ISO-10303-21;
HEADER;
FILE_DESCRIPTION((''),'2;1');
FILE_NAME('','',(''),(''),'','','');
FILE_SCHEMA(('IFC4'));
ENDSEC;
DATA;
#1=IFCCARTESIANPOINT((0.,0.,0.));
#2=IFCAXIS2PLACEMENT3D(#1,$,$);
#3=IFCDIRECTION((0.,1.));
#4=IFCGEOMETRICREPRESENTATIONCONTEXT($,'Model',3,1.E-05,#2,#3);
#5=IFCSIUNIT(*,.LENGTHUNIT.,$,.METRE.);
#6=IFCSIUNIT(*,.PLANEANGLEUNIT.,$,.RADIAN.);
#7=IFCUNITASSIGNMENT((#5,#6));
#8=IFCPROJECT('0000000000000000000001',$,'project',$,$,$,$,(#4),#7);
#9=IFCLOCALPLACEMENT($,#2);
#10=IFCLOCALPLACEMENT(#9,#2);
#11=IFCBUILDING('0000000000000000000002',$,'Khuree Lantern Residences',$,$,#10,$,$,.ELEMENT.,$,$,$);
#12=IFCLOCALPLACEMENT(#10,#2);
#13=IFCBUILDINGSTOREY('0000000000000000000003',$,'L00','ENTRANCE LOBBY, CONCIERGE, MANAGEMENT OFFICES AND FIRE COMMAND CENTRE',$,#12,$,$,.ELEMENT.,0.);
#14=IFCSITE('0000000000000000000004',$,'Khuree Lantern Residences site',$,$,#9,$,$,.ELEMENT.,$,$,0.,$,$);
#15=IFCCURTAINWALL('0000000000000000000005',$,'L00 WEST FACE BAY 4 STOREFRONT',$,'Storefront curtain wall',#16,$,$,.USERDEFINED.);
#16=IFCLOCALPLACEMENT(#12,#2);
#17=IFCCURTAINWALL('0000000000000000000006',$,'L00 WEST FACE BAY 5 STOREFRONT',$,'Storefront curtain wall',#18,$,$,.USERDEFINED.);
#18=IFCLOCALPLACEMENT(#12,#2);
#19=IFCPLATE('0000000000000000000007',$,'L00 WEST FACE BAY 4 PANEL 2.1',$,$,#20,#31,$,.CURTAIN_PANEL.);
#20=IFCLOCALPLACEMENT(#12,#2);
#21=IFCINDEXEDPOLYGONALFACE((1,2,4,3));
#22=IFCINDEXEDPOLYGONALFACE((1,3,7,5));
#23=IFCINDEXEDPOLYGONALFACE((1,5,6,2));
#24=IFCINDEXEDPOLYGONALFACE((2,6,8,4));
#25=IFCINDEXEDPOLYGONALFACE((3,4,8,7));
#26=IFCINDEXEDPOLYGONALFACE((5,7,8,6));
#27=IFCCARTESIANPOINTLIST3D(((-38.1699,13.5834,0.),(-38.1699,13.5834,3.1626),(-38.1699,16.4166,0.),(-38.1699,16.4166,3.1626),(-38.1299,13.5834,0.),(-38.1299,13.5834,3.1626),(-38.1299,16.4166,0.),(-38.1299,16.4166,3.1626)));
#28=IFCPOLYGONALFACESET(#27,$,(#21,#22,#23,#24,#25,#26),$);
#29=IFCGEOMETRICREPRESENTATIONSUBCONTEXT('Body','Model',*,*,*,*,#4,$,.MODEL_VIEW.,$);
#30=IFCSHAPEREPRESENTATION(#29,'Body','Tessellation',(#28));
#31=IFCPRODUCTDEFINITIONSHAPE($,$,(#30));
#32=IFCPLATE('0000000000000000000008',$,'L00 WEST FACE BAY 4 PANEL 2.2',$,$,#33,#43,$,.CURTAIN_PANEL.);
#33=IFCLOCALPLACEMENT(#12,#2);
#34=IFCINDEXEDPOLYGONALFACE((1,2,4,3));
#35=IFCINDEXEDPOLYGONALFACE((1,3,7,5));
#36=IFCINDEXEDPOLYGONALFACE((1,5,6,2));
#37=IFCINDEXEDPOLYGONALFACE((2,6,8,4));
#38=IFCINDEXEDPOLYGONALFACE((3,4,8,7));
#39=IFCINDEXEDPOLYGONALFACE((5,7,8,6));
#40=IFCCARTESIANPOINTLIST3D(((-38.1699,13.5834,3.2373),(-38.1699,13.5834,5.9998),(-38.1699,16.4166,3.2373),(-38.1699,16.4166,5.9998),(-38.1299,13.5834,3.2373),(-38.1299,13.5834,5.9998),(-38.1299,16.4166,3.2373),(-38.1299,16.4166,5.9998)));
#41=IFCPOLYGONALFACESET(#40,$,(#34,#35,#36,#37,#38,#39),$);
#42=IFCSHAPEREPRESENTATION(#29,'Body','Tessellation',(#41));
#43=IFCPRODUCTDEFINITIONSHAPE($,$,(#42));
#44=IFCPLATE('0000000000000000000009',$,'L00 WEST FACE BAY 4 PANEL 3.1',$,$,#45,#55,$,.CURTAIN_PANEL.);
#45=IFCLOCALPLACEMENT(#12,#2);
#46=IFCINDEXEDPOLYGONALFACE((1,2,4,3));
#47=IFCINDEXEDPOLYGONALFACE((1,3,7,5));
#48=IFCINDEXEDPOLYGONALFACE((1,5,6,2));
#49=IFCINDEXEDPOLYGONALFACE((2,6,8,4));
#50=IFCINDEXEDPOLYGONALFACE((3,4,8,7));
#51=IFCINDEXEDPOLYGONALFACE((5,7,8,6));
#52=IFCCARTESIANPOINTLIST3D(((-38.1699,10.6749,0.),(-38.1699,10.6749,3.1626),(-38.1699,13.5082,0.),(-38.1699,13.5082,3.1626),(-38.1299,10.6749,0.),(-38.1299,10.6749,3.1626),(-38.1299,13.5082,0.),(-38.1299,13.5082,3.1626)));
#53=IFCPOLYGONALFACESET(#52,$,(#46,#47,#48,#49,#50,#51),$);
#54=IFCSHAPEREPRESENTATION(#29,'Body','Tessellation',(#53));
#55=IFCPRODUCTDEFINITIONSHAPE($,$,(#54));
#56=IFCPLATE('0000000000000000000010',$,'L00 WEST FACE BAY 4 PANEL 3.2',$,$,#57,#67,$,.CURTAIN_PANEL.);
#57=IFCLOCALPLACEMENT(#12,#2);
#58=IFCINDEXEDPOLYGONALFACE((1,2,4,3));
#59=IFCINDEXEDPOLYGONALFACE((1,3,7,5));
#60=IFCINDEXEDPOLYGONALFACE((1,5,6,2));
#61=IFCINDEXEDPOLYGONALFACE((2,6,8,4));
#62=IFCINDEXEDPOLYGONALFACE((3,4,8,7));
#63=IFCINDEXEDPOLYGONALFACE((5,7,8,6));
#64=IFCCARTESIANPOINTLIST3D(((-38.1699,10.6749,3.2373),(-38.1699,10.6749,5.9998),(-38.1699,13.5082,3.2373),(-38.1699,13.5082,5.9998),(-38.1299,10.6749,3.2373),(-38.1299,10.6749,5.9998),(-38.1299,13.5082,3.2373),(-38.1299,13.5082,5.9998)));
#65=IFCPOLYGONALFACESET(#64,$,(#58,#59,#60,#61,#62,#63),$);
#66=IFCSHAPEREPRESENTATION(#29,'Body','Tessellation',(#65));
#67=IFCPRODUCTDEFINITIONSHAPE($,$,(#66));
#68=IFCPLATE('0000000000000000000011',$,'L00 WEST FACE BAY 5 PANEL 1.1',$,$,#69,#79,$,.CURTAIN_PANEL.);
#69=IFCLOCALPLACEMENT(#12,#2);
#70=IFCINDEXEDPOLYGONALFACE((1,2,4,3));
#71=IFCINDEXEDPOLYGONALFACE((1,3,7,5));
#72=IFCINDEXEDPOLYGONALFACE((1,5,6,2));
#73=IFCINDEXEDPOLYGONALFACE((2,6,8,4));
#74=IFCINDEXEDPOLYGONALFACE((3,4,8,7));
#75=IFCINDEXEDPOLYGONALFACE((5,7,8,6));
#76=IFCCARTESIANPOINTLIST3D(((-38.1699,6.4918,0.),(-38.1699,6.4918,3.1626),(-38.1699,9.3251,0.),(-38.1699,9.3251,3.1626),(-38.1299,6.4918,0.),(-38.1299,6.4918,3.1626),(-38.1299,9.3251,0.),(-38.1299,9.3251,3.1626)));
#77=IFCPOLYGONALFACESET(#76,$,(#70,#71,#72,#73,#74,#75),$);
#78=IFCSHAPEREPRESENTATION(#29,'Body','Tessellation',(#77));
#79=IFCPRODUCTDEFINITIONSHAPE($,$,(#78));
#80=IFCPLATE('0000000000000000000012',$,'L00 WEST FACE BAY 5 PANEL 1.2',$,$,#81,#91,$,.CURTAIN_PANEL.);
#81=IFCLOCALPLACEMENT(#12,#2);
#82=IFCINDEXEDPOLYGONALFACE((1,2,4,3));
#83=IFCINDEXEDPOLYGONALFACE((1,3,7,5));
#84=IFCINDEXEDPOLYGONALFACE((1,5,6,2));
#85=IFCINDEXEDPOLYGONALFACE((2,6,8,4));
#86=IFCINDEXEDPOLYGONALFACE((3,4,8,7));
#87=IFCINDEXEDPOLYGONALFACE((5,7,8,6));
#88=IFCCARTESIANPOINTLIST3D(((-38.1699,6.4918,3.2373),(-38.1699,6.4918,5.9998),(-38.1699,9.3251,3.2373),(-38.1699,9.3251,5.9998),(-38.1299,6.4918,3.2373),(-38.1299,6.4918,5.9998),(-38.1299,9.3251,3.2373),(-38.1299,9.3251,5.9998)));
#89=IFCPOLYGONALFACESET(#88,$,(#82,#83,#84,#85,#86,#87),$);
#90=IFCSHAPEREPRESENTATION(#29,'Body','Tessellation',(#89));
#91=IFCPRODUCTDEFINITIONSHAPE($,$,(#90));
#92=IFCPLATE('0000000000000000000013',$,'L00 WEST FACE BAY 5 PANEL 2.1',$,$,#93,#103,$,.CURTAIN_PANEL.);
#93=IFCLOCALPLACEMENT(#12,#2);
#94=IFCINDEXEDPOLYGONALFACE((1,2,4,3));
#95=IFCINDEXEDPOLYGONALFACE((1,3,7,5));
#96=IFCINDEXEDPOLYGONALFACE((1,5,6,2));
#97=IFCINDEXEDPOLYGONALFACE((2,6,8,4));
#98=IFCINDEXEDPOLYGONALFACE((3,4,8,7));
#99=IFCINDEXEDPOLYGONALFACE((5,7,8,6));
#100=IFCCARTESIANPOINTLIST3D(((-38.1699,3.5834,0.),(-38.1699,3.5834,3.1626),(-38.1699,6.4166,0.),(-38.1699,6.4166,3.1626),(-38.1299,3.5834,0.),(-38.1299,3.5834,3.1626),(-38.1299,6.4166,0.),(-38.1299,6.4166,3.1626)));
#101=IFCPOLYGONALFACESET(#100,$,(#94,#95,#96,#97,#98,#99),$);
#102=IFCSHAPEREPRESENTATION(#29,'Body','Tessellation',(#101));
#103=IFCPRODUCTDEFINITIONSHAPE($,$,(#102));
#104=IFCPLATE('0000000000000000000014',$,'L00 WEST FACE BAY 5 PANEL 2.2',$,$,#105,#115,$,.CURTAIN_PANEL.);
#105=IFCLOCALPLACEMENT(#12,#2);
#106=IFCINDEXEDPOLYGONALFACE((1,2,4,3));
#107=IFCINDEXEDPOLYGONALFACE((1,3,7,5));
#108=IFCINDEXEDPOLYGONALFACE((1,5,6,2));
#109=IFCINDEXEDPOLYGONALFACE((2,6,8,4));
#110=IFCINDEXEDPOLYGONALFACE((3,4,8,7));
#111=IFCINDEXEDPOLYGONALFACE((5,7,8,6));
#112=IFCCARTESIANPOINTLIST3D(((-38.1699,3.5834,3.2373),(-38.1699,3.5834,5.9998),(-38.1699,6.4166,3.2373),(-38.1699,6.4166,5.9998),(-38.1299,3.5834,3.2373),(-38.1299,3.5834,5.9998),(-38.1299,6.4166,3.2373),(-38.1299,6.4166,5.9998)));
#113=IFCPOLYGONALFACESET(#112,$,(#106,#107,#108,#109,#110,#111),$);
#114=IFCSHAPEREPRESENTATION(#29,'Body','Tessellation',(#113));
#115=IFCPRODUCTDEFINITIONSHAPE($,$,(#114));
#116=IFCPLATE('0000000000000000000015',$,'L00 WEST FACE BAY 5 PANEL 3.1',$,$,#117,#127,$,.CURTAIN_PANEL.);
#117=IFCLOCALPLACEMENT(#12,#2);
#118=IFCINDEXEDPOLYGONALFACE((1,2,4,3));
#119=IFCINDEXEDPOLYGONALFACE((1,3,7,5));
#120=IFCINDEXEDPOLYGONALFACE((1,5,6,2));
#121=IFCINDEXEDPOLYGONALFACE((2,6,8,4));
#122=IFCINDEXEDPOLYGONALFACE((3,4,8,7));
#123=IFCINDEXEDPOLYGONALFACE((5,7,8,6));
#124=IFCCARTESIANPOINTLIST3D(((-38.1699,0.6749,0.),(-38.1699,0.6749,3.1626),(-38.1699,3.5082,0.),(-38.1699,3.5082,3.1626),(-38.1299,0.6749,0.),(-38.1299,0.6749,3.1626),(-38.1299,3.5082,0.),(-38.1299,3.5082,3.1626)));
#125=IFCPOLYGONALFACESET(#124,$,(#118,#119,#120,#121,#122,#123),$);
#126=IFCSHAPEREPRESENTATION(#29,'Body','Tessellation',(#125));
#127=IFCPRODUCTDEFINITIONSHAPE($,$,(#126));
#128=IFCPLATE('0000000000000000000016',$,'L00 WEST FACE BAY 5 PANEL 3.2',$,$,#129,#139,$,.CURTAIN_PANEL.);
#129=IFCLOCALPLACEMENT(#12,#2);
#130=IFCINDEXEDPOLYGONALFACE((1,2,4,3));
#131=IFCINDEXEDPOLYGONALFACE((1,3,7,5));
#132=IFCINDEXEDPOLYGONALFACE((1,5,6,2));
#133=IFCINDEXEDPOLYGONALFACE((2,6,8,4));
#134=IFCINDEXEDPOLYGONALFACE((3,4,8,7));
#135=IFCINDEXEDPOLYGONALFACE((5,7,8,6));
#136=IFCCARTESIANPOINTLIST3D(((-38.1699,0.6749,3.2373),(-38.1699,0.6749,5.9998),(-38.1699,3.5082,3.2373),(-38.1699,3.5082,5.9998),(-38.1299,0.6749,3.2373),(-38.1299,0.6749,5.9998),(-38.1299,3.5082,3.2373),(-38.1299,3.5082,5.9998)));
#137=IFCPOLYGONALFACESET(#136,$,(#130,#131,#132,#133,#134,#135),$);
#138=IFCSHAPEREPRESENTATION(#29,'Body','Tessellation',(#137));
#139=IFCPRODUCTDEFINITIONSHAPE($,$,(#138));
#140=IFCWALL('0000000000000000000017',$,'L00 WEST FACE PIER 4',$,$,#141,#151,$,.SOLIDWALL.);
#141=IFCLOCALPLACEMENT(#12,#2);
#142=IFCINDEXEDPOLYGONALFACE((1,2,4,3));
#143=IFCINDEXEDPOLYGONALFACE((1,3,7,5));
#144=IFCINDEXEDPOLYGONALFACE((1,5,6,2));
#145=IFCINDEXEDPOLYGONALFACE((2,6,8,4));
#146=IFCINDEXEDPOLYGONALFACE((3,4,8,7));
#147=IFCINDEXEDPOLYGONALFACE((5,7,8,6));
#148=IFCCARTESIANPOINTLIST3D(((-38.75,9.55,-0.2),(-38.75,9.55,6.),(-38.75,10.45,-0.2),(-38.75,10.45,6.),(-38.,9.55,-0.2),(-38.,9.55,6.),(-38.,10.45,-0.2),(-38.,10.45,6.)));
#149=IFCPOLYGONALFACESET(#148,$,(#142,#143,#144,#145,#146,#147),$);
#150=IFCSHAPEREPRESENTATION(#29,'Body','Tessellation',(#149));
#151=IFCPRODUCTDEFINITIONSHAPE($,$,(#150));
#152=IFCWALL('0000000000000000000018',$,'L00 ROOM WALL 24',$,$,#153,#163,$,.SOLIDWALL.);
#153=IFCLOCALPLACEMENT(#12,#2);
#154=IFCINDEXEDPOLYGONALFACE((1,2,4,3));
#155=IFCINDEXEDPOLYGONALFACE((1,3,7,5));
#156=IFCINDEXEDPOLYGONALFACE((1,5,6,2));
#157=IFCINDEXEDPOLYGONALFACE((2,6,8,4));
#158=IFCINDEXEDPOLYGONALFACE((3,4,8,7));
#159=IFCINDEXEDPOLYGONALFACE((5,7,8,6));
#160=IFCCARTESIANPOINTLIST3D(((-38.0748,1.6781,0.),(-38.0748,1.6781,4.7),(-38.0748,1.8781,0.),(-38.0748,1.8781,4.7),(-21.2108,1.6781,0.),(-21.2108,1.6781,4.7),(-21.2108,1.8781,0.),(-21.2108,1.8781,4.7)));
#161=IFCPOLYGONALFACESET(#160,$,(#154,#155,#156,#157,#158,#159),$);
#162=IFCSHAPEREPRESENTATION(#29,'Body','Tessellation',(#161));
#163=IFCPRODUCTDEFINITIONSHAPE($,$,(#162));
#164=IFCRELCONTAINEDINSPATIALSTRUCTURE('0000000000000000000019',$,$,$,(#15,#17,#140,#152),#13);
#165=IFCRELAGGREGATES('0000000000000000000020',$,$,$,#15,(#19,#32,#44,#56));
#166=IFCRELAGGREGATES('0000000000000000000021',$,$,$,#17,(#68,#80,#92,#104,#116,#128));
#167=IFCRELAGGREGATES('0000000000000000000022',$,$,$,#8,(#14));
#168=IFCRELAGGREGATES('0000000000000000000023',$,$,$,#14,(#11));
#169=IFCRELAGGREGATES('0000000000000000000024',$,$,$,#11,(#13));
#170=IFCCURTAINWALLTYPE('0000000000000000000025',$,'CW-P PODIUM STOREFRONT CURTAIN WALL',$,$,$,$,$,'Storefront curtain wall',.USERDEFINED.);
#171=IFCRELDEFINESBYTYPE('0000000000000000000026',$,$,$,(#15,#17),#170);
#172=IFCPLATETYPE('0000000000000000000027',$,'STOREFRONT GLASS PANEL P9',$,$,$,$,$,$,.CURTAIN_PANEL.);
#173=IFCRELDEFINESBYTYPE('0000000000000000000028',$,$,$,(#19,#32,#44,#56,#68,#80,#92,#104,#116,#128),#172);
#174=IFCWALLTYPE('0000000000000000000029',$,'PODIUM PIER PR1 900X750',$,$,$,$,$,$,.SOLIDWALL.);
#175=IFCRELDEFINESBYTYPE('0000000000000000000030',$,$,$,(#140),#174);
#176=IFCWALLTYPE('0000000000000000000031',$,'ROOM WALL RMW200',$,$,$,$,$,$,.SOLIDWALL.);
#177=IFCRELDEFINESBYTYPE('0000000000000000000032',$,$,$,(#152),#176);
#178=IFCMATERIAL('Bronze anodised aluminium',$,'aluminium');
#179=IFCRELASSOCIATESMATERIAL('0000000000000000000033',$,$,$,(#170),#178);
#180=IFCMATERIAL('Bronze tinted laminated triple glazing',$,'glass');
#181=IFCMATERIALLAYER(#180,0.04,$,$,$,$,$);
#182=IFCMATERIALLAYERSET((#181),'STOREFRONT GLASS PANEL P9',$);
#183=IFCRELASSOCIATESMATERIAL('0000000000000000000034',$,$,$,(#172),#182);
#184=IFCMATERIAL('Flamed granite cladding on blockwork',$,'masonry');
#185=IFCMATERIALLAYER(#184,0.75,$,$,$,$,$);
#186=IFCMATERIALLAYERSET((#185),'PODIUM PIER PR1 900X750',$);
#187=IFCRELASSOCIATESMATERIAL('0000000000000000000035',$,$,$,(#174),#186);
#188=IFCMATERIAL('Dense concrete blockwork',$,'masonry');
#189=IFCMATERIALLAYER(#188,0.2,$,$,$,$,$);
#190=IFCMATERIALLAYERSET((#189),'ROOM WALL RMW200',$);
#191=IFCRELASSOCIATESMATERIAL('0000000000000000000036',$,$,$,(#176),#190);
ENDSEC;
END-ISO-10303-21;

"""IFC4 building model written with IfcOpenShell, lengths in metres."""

from ifc_helpers import new_model, si_unit, direction, frame, frame_2d, origin, origin_2d, place, context, subcontext, project, spatial, rectangle, extrude, material, layer, layer_set, type_object, element, aggregate, save


model = new_model("IFC4")

# Units and contexts
model_context = context("Model", 3, precision=1e-05, world=origin(), true_north=direction((0.0, 1.0)))
body_context = subcontext(model_context, "Body", "Model", "MODEL_VIEW")
ifc_project = project(units=[si_unit("LENGTHUNIT", "METRE"), si_unit("PLANEANGLEUNIT", "RADIAN")], contexts=[model_context])

# Site, building, storey
site_placement = place(None, origin())
site = spatial("IfcSite", under=ifc_project, at=site_placement, Name="Khuree Lantern Residences site", CompositionType="ELEMENT", RefElevation=0.0)
building_placement = place(site_placement, origin())
building = spatial("IfcBuilding", under=site, at=building_placement, Name="Khuree Lantern Residences", CompositionType="ELEMENT")
storey_placement = place(building_placement, origin())
storey = spatial("IfcBuildingStorey", under=building, at=storey_placement, Name="L00", Description="ENTRANCE LOBBY, CONCIERGE, MANAGEMENT OFFICES AND FIRE COMMAND CENTRE", CompositionType="ELEMENT", Elevation=0.0)

# Curtain walls
ifc_material_1 = material(Name="Bronze anodised aluminium", Category="aluminium")
curtain_wall_type = type_object("IfcCurtainWallType", Name="CW-P PODIUM STOREFRONT CURTAIN WALL", ElementType="Storefront curtain wall", PredefinedType="USERDEFINED", material=ifc_material_1)
curtain_wall_1_placement = place(storey_placement, origin())
curtain_wall_1 = element("IfcCurtainWall", 1, at=curtain_wall_1_placement, inside=storey, type_object=curtain_wall_type, Name="L00 WEST FACE BAY 4 STOREFRONT", ObjectType="Storefront curtain wall", PredefinedType="USERDEFINED")
curtain_wall_2_placement = place(storey_placement, origin())
curtain_wall_2 = element("IfcCurtainWall", 2, at=curtain_wall_2_placement, inside=storey, type_object=curtain_wall_type, Name="L00 WEST FACE BAY 5 STOREFRONT", ObjectType="Storefront curtain wall", PredefinedType="USERDEFINED")

# Plates
ifc_material_2 = material(Name="Bronze tinted laminated triple glazing", Category="glass")
ifc_layer_1 = layer(ifc_material_2, 0.04)
ifc_layer_set_1 = layer_set([ifc_layer_1], Name="STOREFRONT GLASS PANEL P9")
plate_type = type_object("IfcPlateType", Name="STOREFRONT GLASS PANEL P9", PredefinedType="CURTAIN_PANEL", material=ifc_layer_set_1)
plate_1_placement = place(storey_placement, frame((-38.1499, 15.0, 0.0), z_axis=(0.0, 0.0, 1.0), x_axis=(0.0, -1.0, 0.0)))
plate_1 = element("IfcPlate", 3, at=plate_1_placement, type_object=plate_type, Name="L00 WEST FACE BAY 4 PANEL 2.1", PredefinedType="CURTAIN_PANEL", context=body_context, shape_type="SweptSolid", body=[
    extrude(rectangle(XDim=2.8333, YDim=0.04, at=origin_2d()), origin(), (0.0, 0.0, 1.0), 3.1626),
])
plate_2_placement = place(storey_placement, frame((-38.1499, 15.0, 3.2373), z_axis=(0.0, 0.0, 1.0), x_axis=(0.0, -1.0, 0.0)))
plate_2 = element("IfcPlate", 4, at=plate_2_placement, type_object=plate_type, Name="L00 WEST FACE BAY 4 PANEL 2.2", PredefinedType="CURTAIN_PANEL", context=body_context, shape_type="SweptSolid", body=[
    extrude(rectangle(XDim=2.8333, YDim=0.04, at=origin_2d()), origin(), (0.0, 0.0, 1.0), 2.7625),
])
plate_3_placement = place(storey_placement, frame((-38.1499, 12.0916, 0.0), z_axis=(0.0, 0.0, 1.0), x_axis=(0.0, -1.0, 0.0)))
plate_3 = element("IfcPlate", 5, at=plate_3_placement, type_object=plate_type, Name="L00 WEST FACE BAY 4 PANEL 3.1", PredefinedType="CURTAIN_PANEL", context=body_context, shape_type="SweptSolid", body=[
    extrude(rectangle(XDim=2.8333, YDim=0.04, at=origin_2d()), origin(), (0.0, 0.0, 1.0), 3.1626),
])
plate_4_placement = place(storey_placement, frame((-38.1499, 12.0916, 3.2373), z_axis=(0.0, 0.0, 1.0), x_axis=(0.0, -1.0, 0.0)))
plate_4 = element("IfcPlate", 6, at=plate_4_placement, type_object=plate_type, Name="L00 WEST FACE BAY 4 PANEL 3.2", PredefinedType="CURTAIN_PANEL", context=body_context, shape_type="SweptSolid", body=[
    extrude(rectangle(XDim=2.8333, YDim=0.04, at=origin_2d()), origin(), (0.0, 0.0, 1.0), 2.7625),
])
aggregate(curtain_wall_1, [plate_1, plate_2, plate_3, plate_4])
plate_5_placement = place(storey_placement, frame((-38.1499, 7.9084, 0.0), z_axis=(0.0, 0.0, 1.0), x_axis=(0.0, -1.0, 0.0)))
plate_5 = element("IfcPlate", 7, at=plate_5_placement, type_object=plate_type, Name="L00 WEST FACE BAY 5 PANEL 1.1", PredefinedType="CURTAIN_PANEL", context=body_context, shape_type="SweptSolid", body=[
    extrude(rectangle(XDim=2.8333, YDim=0.04, at=origin_2d()), origin(), (0.0, 0.0, 1.0), 3.1626),
])
plate_6_placement = place(storey_placement, frame((-38.1499, 7.9084, 3.2373), z_axis=(0.0, 0.0, 1.0), x_axis=(0.0, -1.0, 0.0)))
plate_6 = element("IfcPlate", 8, at=plate_6_placement, type_object=plate_type, Name="L00 WEST FACE BAY 5 PANEL 1.2", PredefinedType="CURTAIN_PANEL", context=body_context, shape_type="SweptSolid", body=[
    extrude(rectangle(XDim=2.8333, YDim=0.04, at=origin_2d()), origin(), (0.0, 0.0, 1.0), 2.7625),
])
plate_7_placement = place(storey_placement, frame((-38.1499, 5.0, 0.0), z_axis=(0.0, 0.0, 1.0), x_axis=(0.0, -1.0, 0.0)))
plate_7 = element("IfcPlate", 9, at=plate_7_placement, type_object=plate_type, Name="L00 WEST FACE BAY 5 PANEL 2.1", PredefinedType="CURTAIN_PANEL", context=body_context, shape_type="SweptSolid", body=[
    extrude(rectangle(XDim=2.8333, YDim=0.04, at=origin_2d()), origin(), (0.0, 0.0, 1.0), 3.1626),
])
plate_8_placement = place(storey_placement, frame((-38.1499, 5.0, 3.2373), z_axis=(0.0, 0.0, 1.0), x_axis=(0.0, -1.0, 0.0)))
plate_8 = element("IfcPlate", 10, at=plate_8_placement, type_object=plate_type, Name="L00 WEST FACE BAY 5 PANEL 2.2", PredefinedType="CURTAIN_PANEL", context=body_context, shape_type="SweptSolid", body=[
    extrude(rectangle(XDim=2.8333, YDim=0.04, at=origin_2d()), origin(), (0.0, 0.0, 1.0), 2.7625),
])
plate_9_placement = place(storey_placement, frame((-38.1499, 2.0916, 0.0), z_axis=(0.0, 0.0, 1.0), x_axis=(0.0, -1.0, 0.0)))
plate_9 = element("IfcPlate", 11, at=plate_9_placement, type_object=plate_type, Name="L00 WEST FACE BAY 5 PANEL 3.1", PredefinedType="CURTAIN_PANEL", context=body_context, shape_type="SweptSolid", body=[
    extrude(rectangle(XDim=2.8333, YDim=0.04, at=origin_2d()), origin(), (0.0, 0.0, 1.0), 3.1626),
])
plate_10_placement = place(storey_placement, frame((-38.1499, 2.0916, 3.2373), z_axis=(0.0, 0.0, 1.0), x_axis=(0.0, -1.0, 0.0)))
plate_10 = element("IfcPlate", 12, at=plate_10_placement, type_object=plate_type, Name="L00 WEST FACE BAY 5 PANEL 3.2", PredefinedType="CURTAIN_PANEL", context=body_context, shape_type="SweptSolid", body=[
    extrude(rectangle(XDim=2.8333, YDim=0.04, at=origin_2d()), origin(), (0.0, 0.0, 1.0), 2.7625),
])
aggregate(curtain_wall_2, [plate_5, plate_6, plate_7, plate_8, plate_9, plate_10])

# Walls
ifc_material_3 = material(Name="Flamed granite cladding on blockwork", Category="masonry")
ifc_layer_2 = layer(ifc_material_3, 0.75)
ifc_layer_set_2 = layer_set([ifc_layer_2], Name="PODIUM PIER PR1 900X750")
wall_type_1 = type_object("IfcWallType", Name="PODIUM PIER PR1 900X750", PredefinedType="SOLIDWALL", material=ifc_layer_set_2)
wall_1_placement = place(storey_placement, frame((-38.375, 10.45, -0.2), z_axis=(0.0, 0.0, 1.0), x_axis=(0.0, -1.0, 0.0)))
element("IfcWall", 13, at=wall_1_placement, inside=storey, type_object=wall_type_1, Name="L00 WEST FACE PIER 4", PredefinedType="SOLIDWALL", context=body_context, shape_type="SweptSolid", body=[
    extrude(rectangle(XDim=0.8999, YDim=0.75, at=frame_2d((0.45, 0.0))), origin(), (0.0, 0.0, 1.0), 6.2),
])
ifc_material_4 = material(Name="Dense concrete blockwork", Category="masonry")
ifc_layer_3 = layer(ifc_material_4, 0.2)
ifc_layer_set_3 = layer_set([ifc_layer_3], Name="ROOM WALL RMW200")
wall_type_2 = type_object("IfcWallType", Name="ROOM WALL RMW200", PredefinedType="SOLIDWALL", material=ifc_layer_set_3)
wall_2_placement = place(storey_placement, frame((-38.075, 1.7781, 0.0), z_axis=(0.0, 0.0, 1.0), x_axis=(1.0, 0.0, 0.0)))
element("IfcWall", 14, at=wall_2_placement, inside=storey, type_object=wall_type_2, Name="L00 ROOM WALL 24", PredefinedType="SOLIDWALL", context=body_context, shape_type="SweptSolid", body=[
    extrude(rectangle(XDim=16.864, YDim=0.2, at=frame_2d((8.4321, 0.0))), origin(), (0.0, 0.0, 1.0), 4.7),
])

save(model, "model.ifc")
